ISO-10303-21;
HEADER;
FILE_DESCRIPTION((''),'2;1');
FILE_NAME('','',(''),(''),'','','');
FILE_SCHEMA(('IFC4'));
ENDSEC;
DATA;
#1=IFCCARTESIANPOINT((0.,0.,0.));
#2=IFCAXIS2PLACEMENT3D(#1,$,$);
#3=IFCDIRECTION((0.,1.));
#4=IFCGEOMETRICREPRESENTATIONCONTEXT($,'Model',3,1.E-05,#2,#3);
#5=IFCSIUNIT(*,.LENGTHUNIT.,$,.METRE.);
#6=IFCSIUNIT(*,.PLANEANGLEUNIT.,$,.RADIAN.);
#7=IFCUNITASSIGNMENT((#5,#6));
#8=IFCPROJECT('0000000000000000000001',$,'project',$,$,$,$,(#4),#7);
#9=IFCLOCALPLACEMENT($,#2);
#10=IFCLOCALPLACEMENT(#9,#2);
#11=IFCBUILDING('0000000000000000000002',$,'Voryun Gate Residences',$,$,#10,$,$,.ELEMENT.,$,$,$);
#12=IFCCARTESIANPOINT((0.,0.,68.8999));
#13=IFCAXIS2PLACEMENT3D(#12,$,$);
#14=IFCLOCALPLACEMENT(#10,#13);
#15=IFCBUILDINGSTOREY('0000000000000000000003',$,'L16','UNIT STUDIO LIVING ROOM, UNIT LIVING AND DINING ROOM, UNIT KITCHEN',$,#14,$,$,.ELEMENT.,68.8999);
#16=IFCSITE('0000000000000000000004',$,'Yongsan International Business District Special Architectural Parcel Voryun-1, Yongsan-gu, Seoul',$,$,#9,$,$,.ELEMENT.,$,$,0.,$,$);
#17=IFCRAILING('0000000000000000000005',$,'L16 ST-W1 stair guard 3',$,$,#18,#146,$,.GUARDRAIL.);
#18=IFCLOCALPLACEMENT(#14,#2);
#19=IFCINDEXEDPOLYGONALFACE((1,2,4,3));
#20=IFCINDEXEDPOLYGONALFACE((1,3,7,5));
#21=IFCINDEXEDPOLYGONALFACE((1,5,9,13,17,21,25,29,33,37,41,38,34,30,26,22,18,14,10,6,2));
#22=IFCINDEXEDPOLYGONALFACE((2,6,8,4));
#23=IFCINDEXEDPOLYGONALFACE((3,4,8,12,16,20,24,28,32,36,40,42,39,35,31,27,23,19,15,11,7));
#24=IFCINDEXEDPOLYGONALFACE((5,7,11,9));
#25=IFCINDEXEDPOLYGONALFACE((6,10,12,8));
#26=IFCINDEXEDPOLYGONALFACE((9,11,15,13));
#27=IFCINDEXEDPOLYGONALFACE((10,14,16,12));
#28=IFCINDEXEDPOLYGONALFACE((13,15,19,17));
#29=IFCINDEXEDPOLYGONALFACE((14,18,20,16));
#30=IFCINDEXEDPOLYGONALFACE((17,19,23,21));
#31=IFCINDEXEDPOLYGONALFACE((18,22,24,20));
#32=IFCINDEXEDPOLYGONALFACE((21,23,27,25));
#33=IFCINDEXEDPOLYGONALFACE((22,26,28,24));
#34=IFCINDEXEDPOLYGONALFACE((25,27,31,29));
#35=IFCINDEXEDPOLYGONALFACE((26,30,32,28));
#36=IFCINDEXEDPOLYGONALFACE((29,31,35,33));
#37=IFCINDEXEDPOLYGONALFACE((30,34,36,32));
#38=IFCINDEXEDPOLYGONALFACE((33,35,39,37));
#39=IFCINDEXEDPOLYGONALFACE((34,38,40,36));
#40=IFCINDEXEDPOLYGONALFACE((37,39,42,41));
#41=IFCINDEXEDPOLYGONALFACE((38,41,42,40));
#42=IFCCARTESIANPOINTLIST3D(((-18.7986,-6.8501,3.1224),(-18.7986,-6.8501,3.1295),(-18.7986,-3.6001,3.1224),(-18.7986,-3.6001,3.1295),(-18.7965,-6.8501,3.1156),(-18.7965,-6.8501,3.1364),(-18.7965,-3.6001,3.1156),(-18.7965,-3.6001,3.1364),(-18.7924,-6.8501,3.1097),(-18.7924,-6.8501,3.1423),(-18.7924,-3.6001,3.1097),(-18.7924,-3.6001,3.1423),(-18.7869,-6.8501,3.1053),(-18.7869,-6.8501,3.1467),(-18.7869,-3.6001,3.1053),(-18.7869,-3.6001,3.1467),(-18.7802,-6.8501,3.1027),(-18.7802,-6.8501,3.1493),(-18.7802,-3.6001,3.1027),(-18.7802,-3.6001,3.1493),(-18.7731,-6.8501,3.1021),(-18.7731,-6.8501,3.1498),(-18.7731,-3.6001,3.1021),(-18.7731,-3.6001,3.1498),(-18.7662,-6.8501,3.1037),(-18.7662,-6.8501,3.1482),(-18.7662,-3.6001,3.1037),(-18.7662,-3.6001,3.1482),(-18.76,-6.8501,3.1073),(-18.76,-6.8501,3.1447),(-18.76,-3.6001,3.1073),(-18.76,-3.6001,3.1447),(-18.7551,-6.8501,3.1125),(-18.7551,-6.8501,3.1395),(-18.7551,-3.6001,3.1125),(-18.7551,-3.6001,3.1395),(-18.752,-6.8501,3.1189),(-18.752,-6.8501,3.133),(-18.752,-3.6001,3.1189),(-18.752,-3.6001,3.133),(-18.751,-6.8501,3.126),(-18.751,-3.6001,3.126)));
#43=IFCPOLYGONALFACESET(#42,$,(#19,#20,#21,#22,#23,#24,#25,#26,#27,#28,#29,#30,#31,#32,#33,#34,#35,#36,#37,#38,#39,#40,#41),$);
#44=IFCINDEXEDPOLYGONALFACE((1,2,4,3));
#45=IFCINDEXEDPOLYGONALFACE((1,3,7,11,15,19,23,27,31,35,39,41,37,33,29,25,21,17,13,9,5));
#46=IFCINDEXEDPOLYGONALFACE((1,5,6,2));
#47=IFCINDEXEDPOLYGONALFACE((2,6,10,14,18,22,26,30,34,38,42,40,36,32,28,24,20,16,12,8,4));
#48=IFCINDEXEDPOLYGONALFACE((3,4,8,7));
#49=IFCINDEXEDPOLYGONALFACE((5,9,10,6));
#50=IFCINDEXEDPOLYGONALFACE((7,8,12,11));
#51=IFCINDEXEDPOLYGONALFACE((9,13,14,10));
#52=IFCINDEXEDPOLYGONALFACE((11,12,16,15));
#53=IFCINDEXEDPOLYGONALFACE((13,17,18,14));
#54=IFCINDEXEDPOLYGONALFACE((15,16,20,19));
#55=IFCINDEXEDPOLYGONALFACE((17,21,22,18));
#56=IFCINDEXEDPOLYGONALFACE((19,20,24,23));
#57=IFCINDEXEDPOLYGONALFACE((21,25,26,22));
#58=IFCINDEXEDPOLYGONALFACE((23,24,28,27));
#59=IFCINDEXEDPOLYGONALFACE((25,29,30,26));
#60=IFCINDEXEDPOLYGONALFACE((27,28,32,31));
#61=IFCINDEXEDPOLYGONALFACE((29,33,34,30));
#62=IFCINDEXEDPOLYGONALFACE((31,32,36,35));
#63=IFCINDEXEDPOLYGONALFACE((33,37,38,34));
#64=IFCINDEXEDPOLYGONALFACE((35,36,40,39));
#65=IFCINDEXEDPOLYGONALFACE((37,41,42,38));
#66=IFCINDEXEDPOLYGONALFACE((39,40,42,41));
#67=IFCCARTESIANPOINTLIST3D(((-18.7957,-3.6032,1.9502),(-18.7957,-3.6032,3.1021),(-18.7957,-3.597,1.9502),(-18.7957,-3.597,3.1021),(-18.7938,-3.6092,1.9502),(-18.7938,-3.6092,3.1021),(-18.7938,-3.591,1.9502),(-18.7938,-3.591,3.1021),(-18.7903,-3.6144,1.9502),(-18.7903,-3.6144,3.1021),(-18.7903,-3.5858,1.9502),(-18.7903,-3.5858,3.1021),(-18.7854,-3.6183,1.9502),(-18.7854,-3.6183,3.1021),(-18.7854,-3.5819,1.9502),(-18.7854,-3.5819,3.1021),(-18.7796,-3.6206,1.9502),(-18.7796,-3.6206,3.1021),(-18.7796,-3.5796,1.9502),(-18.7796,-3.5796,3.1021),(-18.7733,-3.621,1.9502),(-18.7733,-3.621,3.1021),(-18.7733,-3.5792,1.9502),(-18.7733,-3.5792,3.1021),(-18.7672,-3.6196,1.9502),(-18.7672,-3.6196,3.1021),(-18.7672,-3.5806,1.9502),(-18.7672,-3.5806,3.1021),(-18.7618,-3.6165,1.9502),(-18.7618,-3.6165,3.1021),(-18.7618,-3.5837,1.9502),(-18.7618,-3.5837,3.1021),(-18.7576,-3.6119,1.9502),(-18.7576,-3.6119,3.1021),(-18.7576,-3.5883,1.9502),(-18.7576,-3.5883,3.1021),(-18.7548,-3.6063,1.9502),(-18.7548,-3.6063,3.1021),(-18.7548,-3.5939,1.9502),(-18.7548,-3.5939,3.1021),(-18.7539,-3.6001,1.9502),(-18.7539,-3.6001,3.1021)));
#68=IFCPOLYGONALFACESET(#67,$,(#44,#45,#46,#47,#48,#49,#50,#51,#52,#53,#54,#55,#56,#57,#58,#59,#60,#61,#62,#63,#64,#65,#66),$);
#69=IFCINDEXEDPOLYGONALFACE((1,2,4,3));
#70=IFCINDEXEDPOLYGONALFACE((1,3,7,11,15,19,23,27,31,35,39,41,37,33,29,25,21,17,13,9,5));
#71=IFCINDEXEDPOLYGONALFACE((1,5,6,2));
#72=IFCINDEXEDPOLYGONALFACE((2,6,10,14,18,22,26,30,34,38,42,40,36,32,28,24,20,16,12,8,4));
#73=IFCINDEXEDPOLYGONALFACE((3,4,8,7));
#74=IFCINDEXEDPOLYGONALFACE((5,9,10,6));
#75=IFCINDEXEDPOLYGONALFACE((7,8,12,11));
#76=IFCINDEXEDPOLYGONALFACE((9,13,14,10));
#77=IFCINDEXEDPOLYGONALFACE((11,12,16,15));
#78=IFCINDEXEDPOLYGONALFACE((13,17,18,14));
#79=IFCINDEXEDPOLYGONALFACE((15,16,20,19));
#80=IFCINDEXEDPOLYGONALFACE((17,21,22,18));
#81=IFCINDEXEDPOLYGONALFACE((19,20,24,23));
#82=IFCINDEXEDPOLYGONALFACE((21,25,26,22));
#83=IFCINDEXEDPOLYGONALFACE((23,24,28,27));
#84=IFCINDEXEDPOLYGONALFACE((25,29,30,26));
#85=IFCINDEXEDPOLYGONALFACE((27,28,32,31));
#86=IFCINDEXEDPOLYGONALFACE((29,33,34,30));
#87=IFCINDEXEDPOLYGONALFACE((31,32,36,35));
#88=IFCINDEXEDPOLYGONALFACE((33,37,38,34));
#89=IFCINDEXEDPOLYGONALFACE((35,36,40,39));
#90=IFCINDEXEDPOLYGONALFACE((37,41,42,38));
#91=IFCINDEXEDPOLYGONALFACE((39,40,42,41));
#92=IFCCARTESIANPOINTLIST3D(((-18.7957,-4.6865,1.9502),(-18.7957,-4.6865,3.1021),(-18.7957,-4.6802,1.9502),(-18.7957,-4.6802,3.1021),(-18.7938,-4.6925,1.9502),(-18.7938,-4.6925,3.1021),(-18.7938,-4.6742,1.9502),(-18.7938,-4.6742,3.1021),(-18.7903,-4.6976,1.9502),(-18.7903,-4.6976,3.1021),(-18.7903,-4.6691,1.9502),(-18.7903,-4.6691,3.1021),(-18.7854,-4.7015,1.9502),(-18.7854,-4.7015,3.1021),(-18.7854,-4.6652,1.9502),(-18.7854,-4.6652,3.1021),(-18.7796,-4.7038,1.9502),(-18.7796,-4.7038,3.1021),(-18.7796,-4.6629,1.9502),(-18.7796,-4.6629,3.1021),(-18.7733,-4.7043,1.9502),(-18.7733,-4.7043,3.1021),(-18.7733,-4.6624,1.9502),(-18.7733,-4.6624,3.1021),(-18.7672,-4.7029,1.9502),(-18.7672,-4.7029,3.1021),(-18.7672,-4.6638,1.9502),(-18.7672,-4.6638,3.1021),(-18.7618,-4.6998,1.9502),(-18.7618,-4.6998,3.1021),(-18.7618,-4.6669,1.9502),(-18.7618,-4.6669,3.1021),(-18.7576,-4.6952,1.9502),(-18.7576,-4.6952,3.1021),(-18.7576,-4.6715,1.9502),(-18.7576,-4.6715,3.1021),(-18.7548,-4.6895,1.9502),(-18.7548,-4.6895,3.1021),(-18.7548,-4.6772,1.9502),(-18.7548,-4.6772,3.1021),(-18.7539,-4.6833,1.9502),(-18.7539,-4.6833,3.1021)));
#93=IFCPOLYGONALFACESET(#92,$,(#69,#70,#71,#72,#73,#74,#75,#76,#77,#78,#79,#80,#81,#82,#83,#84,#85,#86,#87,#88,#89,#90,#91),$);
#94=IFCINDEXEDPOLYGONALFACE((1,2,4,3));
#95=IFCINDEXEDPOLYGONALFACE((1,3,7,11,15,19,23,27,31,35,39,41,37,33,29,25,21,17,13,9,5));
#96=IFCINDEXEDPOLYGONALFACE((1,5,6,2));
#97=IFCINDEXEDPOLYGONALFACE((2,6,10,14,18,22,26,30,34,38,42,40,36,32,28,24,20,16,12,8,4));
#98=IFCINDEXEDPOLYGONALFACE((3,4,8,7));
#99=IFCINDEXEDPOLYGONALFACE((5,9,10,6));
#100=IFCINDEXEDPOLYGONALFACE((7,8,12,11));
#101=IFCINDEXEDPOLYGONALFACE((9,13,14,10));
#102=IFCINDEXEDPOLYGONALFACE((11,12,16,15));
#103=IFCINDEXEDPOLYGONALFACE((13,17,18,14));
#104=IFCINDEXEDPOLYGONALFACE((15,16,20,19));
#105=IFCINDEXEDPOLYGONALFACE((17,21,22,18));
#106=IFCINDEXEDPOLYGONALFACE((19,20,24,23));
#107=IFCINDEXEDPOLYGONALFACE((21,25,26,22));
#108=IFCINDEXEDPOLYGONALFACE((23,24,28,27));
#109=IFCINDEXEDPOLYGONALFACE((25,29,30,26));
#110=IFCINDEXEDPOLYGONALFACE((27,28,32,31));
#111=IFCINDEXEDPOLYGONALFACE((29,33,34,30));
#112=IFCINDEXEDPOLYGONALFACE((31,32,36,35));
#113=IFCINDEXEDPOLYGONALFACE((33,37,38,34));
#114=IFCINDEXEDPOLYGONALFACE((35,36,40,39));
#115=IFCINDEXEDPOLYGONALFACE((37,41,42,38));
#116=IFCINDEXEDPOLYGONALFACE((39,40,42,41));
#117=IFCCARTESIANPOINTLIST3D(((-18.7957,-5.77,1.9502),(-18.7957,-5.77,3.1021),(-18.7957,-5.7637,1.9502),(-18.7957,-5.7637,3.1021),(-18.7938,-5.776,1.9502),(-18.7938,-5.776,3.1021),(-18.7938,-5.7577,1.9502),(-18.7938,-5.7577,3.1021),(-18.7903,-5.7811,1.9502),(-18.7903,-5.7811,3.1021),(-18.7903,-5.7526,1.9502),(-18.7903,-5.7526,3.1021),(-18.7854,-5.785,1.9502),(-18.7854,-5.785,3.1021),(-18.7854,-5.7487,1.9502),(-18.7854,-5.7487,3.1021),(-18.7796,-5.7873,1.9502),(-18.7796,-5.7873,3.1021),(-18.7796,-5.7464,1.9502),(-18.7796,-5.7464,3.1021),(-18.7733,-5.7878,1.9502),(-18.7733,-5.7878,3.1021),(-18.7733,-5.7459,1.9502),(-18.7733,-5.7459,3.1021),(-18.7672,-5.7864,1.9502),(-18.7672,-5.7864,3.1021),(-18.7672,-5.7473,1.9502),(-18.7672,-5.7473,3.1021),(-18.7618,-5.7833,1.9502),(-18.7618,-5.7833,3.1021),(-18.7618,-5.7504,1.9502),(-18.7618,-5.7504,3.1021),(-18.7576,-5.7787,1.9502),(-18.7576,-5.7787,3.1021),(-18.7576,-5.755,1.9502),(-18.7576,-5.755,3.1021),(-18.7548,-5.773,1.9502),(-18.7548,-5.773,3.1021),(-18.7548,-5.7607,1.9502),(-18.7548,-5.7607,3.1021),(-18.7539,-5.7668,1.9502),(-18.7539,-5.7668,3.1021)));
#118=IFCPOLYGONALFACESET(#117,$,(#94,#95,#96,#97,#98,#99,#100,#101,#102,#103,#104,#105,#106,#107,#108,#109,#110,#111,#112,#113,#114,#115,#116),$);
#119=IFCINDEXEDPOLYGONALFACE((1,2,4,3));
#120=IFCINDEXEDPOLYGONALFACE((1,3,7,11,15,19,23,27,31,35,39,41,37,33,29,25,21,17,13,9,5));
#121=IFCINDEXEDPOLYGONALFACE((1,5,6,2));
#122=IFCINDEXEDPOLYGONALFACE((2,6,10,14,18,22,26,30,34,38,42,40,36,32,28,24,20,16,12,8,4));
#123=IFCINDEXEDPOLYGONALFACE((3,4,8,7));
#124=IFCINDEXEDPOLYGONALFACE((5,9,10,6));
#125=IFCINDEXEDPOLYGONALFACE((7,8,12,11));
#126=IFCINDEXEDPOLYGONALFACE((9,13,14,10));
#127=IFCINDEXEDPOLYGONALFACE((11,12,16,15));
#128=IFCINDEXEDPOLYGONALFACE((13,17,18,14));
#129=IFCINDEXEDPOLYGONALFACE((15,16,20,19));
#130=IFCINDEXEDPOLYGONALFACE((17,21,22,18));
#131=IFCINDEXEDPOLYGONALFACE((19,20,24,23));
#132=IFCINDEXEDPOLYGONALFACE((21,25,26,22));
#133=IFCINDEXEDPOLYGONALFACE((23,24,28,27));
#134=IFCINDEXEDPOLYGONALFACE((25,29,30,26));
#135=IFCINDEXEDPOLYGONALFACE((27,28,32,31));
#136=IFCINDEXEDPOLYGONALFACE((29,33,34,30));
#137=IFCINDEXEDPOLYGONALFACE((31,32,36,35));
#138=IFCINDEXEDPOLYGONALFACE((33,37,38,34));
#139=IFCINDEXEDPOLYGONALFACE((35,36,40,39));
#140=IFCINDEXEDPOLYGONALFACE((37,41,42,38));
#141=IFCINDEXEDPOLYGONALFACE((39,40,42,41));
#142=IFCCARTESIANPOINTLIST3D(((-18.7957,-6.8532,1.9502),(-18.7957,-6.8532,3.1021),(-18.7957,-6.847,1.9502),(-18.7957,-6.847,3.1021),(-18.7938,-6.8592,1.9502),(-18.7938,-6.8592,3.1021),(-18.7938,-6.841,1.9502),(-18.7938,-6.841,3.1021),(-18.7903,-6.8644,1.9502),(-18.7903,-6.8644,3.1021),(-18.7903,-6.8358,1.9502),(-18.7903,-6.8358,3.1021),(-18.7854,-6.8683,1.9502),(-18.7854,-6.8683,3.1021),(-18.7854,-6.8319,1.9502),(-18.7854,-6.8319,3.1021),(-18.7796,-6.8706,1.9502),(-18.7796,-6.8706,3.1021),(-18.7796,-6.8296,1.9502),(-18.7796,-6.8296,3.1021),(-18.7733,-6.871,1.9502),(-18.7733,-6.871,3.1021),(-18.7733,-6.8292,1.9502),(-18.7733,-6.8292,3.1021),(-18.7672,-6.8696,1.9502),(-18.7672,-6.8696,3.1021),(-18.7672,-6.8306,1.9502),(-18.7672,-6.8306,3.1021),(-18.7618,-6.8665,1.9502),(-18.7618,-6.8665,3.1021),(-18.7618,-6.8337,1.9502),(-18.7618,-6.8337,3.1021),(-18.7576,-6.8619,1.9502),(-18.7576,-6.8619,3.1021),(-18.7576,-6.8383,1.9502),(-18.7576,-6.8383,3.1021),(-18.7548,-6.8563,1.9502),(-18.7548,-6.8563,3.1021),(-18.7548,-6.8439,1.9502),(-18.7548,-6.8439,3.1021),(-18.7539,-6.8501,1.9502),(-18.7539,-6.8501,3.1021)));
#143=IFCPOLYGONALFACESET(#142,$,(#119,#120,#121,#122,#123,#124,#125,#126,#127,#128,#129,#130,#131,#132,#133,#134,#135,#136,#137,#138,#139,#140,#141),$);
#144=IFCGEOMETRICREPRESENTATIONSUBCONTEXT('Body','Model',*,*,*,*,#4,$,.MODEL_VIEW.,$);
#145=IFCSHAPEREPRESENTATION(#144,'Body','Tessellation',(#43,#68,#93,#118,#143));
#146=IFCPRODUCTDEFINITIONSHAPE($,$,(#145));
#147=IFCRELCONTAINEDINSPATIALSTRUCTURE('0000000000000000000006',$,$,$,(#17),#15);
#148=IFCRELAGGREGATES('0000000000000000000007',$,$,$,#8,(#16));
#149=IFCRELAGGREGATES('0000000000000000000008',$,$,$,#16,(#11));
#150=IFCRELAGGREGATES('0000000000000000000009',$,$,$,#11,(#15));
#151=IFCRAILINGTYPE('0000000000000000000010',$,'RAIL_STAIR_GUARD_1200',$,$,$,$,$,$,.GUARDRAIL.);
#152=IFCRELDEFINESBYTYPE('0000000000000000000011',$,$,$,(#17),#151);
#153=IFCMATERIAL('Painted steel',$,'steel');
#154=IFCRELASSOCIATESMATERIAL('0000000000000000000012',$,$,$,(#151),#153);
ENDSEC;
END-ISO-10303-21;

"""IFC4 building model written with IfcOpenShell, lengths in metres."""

from ifc_helpers import new_model, si_unit, direction, frame, origin, origin_2d, place, context, subcontext, project, spatial, circle, extrude, material, type_object, element, save


model = new_model("IFC4")

# Units and contexts
model_context = context("Model", 3, precision=1e-05, world=origin(), true_north=direction((0.0, 1.0)))
body_context = subcontext(model_context, "Body", "Model", "MODEL_VIEW")
ifc_project = project(units=[si_unit("LENGTHUNIT", "METRE"), si_unit("PLANEANGLEUNIT", "RADIAN")], contexts=[model_context])

# Site, building, storey
site_placement = place(None, origin())
site = spatial("IfcSite", under=ifc_project, at=site_placement, Name="Yongsan International Business District Special Architectural Parcel Voryun-1, Yongsan-gu, Seoul", CompositionType="ELEMENT", RefElevation=0.0)
building_placement = place(site_placement, origin())
building = spatial("IfcBuilding", under=site, at=building_placement, Name="Voryun Gate Residences", CompositionType="ELEMENT")
storey_placement = place(building_placement, frame((0.0, 0.0, 68.8999)))
storey = spatial("IfcBuildingStorey", under=building, at=storey_placement, Name="L16", Description="UNIT STUDIO LIVING ROOM, UNIT LIVING AND DINING ROOM, UNIT KITCHEN", CompositionType="ELEMENT", Elevation=68.8999)

# Railing
ifc_material_1 = material(Name="Painted steel", Category="steel")
railing_type_1 = type_object("IfcRailingType", Name="RAIL_STAIR_GUARD_1200", PredefinedType="GUARDRAIL", material=ifc_material_1)
for number, where, name in (
    (1, (-18.7749, -3.6001, 1.9502), "L16 ST-W1 stair guard 3"),
):
    element("IfcRailing", number, at=place(storey_placement, frame(where)), inside=storey, type_object=railing_type_1, Name=name, PredefinedType="GUARDRAIL", context=body_context, shape_type="SweptSolid", body=[
        extrude(circle(Radius=0.0239, at=origin_2d()), frame((0.0, 0.0, 1.1758), z_axis=(0.0, -1.0, 0.0), x_axis=(1.0, 0.0, 0.0)), (0.0, 0.0, 1.0), 3.25),
        extrude(circle(Radius=0.021, at=origin_2d()), origin(), (0.0, 0.0, 1.0), 1.1519),
        extrude(circle(Radius=0.021, at=origin_2d()), frame((0.0, -1.0833, 0.0)), (0.0, 0.0, 1.0), 1.1519),
        extrude(circle(Radius=0.021, at=origin_2d()), frame((0.0, -2.1667, 0.0)), (0.0, 0.0, 1.0), 1.1519),
        extrude(circle(Radius=0.021, at=origin_2d()), frame((0.0, -3.25, 0.0)), (0.0, 0.0, 1.0), 1.1519),
    ])

save(model, "model.ifc")
